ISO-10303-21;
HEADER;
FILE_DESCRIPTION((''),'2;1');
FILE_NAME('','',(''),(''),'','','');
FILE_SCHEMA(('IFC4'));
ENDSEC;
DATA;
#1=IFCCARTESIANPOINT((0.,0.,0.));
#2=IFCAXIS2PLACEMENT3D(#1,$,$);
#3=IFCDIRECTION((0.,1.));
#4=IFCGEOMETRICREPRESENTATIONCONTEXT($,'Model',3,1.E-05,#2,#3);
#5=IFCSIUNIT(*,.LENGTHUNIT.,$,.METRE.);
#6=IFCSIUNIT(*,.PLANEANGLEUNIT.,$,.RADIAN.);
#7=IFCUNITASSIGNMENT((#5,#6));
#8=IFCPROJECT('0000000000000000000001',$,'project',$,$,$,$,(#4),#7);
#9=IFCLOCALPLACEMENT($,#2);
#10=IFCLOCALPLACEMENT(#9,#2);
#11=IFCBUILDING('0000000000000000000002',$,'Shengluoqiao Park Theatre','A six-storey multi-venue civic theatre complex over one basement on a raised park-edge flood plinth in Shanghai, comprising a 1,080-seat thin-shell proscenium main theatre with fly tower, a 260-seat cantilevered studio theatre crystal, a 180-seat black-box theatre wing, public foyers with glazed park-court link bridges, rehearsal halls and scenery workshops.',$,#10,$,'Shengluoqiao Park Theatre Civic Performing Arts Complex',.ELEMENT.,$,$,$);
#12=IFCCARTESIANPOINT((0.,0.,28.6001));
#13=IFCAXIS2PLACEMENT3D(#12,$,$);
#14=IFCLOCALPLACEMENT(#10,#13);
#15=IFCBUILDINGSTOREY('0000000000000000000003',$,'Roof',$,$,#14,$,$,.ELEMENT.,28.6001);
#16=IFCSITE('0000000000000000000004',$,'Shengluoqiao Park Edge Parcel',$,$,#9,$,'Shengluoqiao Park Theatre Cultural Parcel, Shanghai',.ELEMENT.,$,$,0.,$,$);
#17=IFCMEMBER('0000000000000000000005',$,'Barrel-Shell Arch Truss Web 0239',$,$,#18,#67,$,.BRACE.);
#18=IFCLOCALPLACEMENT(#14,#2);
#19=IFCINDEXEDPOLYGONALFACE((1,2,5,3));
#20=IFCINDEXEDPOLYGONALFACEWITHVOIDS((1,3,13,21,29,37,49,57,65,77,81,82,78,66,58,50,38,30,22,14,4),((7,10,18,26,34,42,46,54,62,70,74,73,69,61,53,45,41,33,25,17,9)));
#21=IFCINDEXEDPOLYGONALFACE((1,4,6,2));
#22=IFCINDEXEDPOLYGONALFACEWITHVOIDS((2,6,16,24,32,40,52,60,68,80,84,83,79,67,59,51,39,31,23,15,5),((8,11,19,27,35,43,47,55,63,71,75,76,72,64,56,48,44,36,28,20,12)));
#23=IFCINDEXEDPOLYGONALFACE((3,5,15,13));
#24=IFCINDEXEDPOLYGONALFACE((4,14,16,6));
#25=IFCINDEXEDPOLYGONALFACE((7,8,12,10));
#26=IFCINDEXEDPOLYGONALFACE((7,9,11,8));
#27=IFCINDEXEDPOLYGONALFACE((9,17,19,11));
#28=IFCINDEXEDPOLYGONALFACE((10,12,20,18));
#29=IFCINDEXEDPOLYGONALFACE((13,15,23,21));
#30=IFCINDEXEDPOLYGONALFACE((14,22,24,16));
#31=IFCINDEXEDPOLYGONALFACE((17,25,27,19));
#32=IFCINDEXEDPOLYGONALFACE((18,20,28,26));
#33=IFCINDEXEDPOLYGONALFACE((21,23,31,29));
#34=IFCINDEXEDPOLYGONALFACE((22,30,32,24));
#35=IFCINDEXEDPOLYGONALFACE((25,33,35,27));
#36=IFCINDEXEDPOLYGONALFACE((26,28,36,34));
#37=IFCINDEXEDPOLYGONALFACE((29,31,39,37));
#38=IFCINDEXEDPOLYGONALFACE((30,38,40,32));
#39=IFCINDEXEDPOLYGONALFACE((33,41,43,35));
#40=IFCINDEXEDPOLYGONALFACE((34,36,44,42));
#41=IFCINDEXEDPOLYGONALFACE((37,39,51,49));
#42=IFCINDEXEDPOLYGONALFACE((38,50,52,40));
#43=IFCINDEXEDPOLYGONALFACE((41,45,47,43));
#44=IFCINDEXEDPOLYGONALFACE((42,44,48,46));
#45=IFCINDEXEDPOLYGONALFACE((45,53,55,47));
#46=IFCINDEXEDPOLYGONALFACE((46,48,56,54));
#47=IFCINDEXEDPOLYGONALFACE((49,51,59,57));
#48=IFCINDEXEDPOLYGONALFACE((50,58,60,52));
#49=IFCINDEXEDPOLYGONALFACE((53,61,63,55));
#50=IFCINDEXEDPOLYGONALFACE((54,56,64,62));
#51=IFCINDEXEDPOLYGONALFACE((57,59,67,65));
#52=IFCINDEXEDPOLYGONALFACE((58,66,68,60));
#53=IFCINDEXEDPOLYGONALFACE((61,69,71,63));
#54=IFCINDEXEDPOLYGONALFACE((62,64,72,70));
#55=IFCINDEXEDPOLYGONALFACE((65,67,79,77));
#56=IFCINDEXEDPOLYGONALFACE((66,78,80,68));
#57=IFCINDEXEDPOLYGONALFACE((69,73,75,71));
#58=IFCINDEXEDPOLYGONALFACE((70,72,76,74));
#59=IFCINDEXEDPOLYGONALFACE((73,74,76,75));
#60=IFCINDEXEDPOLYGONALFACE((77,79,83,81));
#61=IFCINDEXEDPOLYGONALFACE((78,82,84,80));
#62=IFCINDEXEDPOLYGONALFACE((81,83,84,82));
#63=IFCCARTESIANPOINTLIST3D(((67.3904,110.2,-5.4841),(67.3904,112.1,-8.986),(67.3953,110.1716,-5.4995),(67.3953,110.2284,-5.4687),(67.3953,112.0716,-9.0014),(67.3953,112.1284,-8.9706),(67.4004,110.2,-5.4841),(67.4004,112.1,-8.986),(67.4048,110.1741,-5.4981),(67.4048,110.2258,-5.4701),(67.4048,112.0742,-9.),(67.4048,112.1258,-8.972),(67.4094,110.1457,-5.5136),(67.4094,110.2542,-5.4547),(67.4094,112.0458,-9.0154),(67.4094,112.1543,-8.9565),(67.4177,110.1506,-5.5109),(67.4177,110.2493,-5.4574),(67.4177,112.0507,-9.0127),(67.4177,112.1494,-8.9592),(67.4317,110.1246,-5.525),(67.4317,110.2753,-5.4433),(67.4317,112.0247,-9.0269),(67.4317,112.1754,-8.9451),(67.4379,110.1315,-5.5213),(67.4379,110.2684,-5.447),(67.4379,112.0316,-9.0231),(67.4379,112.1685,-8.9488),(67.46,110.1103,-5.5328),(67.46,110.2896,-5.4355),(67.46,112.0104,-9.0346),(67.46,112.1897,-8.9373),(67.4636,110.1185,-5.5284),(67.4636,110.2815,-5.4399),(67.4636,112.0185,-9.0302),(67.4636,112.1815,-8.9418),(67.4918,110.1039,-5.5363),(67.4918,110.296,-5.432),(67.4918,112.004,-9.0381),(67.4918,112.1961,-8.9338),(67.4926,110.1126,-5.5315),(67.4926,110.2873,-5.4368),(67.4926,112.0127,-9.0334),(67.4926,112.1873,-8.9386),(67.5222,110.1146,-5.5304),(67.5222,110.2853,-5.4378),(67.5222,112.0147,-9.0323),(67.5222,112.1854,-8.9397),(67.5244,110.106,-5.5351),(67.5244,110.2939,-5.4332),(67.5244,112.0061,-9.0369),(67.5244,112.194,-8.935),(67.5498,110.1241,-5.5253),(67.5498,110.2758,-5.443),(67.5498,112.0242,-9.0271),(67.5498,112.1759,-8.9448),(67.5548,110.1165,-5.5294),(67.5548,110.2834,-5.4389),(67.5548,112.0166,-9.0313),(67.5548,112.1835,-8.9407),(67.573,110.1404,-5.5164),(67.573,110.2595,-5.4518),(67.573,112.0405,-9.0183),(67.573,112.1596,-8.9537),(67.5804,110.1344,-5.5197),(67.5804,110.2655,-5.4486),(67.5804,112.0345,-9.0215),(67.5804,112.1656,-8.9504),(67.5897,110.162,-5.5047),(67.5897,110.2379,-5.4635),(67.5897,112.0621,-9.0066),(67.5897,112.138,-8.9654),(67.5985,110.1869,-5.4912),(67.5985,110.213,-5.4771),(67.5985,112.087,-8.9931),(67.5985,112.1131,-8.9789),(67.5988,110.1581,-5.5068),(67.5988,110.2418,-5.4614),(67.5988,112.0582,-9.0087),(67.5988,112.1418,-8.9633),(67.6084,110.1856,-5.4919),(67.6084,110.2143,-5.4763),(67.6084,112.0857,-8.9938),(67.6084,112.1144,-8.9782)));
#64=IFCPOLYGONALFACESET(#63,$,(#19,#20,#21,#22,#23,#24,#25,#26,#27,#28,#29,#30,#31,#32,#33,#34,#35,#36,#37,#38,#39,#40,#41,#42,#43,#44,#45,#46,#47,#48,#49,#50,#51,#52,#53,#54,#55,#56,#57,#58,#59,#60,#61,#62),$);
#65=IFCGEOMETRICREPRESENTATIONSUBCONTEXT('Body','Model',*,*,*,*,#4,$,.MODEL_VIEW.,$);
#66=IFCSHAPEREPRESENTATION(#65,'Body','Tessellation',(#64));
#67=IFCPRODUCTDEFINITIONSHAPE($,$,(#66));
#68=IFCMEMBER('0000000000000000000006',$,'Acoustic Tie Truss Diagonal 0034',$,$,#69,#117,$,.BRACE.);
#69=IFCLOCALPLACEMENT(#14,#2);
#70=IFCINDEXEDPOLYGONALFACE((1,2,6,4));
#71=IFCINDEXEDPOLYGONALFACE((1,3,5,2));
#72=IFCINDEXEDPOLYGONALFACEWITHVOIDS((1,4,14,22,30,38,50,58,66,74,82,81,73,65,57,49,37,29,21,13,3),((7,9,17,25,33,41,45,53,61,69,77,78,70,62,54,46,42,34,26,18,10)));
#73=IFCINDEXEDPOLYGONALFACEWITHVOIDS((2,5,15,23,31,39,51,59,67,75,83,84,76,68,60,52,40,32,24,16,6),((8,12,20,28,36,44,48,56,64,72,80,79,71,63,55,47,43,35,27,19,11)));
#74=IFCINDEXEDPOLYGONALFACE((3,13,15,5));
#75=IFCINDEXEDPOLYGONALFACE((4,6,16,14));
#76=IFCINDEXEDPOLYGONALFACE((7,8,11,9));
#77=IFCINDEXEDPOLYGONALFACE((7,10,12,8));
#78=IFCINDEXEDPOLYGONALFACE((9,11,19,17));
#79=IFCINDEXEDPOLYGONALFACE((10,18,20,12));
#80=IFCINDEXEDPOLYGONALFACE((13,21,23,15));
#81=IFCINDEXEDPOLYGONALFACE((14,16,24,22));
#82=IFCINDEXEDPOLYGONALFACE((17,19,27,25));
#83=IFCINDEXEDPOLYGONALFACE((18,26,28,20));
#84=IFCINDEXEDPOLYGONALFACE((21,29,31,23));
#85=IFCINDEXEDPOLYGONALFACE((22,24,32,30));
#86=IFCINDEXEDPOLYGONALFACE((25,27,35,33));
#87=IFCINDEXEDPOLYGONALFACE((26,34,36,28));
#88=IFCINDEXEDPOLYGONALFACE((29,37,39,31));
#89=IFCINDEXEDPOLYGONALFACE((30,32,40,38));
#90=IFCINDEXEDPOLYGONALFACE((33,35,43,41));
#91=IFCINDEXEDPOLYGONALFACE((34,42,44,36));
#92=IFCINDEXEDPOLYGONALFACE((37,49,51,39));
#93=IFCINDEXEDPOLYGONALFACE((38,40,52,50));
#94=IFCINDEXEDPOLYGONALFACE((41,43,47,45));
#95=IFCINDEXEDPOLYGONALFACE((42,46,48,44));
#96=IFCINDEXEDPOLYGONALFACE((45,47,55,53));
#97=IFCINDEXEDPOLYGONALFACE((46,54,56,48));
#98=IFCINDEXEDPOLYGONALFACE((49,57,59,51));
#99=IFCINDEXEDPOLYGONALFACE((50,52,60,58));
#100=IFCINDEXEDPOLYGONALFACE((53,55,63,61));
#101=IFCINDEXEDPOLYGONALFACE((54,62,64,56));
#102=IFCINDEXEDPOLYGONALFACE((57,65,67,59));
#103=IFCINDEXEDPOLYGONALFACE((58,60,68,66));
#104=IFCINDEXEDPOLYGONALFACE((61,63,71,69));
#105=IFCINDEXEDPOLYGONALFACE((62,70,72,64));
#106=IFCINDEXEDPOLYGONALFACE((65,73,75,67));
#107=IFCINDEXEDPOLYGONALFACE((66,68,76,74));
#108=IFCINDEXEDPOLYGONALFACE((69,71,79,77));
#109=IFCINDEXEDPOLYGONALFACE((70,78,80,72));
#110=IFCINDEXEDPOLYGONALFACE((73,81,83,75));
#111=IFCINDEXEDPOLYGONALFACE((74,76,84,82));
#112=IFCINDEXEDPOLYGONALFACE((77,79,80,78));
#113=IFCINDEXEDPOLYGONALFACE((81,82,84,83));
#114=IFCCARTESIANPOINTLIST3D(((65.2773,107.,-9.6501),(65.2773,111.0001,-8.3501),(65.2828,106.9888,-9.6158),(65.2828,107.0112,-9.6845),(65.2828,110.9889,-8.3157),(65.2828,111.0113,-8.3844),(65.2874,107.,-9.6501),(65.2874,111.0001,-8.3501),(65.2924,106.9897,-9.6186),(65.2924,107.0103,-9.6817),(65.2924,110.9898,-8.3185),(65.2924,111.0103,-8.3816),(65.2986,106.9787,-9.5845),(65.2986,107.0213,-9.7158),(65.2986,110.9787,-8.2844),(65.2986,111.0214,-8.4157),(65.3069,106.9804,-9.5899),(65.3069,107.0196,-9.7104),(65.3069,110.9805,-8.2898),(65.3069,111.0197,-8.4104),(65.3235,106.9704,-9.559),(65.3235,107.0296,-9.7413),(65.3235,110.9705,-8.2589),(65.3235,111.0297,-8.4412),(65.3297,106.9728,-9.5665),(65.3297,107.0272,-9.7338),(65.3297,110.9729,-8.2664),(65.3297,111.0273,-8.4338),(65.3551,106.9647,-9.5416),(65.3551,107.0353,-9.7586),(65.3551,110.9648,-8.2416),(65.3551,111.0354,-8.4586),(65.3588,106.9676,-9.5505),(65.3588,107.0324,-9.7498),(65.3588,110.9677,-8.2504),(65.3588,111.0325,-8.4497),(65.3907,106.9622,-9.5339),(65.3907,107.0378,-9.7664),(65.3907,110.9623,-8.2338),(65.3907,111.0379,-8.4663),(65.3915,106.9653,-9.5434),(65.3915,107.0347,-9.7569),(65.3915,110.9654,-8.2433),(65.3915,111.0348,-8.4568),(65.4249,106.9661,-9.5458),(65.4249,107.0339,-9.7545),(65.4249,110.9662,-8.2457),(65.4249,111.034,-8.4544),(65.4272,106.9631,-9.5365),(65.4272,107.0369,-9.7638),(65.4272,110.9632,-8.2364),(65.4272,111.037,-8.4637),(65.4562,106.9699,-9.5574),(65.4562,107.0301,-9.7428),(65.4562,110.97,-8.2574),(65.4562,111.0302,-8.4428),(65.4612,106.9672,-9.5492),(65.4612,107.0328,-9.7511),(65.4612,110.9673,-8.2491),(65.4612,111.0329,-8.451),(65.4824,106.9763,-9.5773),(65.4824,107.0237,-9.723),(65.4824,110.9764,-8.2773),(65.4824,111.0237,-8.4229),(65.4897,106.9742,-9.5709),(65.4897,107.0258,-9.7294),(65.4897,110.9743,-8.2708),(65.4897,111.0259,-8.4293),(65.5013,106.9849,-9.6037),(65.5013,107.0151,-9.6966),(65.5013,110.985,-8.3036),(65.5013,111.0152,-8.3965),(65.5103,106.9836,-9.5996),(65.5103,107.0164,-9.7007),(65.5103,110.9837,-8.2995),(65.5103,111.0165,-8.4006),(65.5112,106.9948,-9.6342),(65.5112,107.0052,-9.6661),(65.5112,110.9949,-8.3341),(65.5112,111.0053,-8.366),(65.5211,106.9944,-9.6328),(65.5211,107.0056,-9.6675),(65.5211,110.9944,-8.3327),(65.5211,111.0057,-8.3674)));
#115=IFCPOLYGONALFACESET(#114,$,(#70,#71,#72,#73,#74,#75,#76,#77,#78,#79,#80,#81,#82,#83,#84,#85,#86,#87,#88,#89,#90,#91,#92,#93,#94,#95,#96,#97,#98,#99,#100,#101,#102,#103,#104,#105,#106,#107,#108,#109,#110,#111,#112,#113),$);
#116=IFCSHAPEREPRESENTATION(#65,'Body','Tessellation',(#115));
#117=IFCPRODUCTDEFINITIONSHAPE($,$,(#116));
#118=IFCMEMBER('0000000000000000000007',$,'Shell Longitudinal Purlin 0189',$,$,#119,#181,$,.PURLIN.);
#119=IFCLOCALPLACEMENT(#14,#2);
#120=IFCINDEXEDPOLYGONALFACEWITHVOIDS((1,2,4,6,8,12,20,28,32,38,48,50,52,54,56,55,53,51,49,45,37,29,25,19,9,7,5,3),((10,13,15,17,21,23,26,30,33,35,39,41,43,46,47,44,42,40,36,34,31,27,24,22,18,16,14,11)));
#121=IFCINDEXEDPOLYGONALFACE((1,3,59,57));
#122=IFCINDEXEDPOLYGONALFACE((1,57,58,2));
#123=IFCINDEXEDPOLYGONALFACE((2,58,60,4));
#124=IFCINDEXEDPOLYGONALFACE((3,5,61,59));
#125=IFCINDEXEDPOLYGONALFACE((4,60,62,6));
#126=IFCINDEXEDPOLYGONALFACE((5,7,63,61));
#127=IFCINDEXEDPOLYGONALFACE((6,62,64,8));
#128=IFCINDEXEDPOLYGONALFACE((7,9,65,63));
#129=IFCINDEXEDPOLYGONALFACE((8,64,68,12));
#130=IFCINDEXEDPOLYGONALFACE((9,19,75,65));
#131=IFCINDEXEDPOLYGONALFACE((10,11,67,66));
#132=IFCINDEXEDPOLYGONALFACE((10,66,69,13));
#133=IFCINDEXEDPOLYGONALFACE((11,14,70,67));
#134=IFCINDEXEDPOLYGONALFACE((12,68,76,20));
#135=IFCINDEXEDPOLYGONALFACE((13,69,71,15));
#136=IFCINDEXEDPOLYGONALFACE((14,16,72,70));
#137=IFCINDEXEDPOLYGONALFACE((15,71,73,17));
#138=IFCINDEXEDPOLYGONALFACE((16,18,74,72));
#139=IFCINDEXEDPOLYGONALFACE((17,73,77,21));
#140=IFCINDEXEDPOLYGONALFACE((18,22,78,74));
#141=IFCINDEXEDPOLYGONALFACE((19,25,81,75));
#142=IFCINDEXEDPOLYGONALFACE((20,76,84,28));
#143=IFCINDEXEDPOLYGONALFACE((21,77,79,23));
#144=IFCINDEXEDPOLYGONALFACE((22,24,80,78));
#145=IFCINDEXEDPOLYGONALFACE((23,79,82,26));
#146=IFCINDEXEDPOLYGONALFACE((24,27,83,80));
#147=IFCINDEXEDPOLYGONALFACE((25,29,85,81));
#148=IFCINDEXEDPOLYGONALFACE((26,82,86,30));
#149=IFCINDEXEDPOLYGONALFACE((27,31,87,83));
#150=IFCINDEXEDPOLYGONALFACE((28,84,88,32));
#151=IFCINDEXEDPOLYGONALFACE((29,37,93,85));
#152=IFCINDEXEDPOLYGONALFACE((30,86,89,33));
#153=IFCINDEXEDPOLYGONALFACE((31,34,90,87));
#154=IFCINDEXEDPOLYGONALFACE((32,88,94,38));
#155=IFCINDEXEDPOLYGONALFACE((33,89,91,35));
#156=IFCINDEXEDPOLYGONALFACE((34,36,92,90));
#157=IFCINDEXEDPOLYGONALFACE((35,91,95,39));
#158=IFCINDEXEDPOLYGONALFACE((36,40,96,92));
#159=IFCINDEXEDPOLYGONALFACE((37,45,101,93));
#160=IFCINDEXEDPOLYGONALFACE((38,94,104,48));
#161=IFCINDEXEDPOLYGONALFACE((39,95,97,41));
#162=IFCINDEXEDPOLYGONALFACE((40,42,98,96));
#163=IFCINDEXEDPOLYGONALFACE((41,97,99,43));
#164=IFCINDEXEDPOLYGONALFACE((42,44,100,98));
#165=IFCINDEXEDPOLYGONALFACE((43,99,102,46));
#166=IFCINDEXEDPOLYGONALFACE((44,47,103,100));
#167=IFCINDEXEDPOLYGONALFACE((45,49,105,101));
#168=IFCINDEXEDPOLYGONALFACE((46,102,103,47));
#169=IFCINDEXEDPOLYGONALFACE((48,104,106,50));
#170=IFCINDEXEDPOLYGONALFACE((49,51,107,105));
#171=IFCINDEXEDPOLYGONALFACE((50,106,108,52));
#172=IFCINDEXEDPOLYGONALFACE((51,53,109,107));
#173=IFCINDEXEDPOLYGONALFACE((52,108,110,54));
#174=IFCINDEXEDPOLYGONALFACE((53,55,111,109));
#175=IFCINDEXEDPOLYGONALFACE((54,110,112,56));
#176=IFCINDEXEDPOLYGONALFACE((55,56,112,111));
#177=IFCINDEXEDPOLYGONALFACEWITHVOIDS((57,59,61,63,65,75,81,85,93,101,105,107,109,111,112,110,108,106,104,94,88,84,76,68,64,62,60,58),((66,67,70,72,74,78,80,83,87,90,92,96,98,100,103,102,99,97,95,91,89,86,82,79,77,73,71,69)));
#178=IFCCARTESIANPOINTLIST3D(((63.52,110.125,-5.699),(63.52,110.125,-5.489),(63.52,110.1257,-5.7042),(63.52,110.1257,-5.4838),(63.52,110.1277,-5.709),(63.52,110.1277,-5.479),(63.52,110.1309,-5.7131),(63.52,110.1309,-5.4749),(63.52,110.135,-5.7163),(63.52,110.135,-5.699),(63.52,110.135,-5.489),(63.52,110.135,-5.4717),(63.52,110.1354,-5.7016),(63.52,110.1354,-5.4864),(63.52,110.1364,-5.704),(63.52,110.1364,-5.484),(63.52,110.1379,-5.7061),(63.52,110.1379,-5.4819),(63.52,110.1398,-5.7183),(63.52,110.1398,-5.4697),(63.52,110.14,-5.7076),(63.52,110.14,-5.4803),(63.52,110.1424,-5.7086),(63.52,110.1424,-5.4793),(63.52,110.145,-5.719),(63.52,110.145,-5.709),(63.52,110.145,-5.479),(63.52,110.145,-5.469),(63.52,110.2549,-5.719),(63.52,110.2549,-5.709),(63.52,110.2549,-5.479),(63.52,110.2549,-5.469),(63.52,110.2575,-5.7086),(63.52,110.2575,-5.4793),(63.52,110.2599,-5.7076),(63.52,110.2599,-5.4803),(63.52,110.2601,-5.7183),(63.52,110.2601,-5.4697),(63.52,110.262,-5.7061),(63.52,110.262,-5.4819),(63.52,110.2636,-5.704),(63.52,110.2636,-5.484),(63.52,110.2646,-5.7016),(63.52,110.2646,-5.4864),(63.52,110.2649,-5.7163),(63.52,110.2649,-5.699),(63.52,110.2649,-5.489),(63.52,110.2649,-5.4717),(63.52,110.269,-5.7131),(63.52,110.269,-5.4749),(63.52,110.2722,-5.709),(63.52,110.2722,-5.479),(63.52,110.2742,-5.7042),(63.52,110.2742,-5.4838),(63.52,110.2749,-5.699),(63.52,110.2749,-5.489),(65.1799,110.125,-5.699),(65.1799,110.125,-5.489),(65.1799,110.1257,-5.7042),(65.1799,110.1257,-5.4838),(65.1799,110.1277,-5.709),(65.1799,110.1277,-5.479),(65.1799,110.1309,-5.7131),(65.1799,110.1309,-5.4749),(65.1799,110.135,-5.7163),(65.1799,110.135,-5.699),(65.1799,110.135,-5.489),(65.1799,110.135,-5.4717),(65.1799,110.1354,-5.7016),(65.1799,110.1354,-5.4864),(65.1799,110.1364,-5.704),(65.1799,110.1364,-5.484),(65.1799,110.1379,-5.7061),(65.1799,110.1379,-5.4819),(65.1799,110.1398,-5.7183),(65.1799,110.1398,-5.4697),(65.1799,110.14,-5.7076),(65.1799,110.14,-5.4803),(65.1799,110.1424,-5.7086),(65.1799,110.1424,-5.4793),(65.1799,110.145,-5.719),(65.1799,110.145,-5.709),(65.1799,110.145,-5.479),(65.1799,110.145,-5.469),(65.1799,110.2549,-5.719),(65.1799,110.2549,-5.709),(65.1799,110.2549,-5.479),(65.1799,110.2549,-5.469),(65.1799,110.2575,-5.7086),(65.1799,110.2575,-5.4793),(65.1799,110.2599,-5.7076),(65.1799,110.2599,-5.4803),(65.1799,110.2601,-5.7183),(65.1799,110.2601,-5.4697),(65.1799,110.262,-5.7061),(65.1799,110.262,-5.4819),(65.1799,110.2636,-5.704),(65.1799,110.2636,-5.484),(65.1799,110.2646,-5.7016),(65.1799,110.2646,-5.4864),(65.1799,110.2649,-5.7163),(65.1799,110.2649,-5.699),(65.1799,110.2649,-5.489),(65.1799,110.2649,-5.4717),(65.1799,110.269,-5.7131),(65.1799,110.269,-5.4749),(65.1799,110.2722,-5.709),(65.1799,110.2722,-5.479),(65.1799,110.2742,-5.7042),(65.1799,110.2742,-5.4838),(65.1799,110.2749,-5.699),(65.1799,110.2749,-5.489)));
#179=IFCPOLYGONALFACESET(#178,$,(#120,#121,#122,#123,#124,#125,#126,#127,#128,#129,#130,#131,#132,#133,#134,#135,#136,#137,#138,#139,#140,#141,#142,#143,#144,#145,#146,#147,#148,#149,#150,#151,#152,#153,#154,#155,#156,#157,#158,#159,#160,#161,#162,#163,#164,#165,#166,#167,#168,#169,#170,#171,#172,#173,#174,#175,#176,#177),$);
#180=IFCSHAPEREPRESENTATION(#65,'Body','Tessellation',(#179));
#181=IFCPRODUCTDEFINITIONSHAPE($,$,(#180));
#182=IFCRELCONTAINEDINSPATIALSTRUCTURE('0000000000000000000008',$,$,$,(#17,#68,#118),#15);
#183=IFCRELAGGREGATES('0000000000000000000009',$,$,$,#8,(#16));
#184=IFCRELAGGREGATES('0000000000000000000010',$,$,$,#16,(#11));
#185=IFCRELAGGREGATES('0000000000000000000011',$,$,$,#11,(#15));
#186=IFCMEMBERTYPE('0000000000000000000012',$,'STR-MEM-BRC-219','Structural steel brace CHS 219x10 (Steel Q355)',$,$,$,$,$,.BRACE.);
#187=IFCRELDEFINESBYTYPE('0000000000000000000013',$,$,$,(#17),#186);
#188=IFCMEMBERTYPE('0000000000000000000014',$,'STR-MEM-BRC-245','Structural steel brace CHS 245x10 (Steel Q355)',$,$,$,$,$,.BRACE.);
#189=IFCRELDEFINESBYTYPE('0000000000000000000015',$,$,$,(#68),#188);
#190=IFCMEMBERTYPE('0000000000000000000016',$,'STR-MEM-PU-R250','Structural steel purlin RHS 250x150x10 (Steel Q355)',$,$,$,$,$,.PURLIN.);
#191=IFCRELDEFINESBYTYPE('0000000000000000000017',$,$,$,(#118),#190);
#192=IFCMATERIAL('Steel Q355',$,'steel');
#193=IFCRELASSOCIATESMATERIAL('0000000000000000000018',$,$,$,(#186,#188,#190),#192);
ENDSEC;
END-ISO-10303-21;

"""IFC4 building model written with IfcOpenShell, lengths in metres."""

from ifc_helpers import new_model, si_unit, direction, frame, origin, origin_2d, place, context, subcontext, project, spatial, hollow_rectangle, hollow_circle, extrude, material, material_profile, profile_set, type_object, element, save


model = new_model("IFC4")

# Units and contexts
model_context = context("Model", 3, precision=1e-05, world=origin(), true_north=direction((0.0, 1.0)))
body_context = subcontext(model_context, "Body", "Model", "MODEL_VIEW")
ifc_project = project(units=[si_unit("LENGTHUNIT", "METRE"), si_unit("PLANEANGLEUNIT", "RADIAN")], contexts=[model_context])

# Site, building, storey
site_placement = place(None, origin())
site = spatial("IfcSite", under=ifc_project, at=site_placement, Name="Shengluoqiao Park Edge Parcel", LongName="Shengluoqiao Park Theatre Cultural Parcel, Shanghai", CompositionType="ELEMENT", RefElevation=0.0)
building_placement = place(site_placement, origin())
building = spatial("IfcBuilding", under=site, at=building_placement, Name="Shengluoqiao Park Theatre", Description="A six-storey multi-venue civic theatre complex over one basement on a raised park-edge flood plinth in Shanghai, comprising a 1,080-seat thin-shell proscenium main theatre with fly tower, a 260-seat cantilevered studio theatre crystal, a 180-seat black-box theatre wing, public foyers with glazed park-court link bridges, rehearsal halls and scenery workshops.", LongName="Shengluoqiao Park Theatre Civic Performing Arts Complex", CompositionType="ELEMENT")
storey_placement = place(building_placement, frame((0.0, 0.0, 28.6001)))
storey = spatial("IfcBuildingStorey", under=building, at=storey_placement, Name="Roof", CompositionType="ELEMENT", Elevation=28.6001)

# Shared definitions
ifc_material_1 = material(Name="Steel Q355", Category="steel")

# Members
ifc_material_profile_1 = material_profile(ifc_material_1, hollow_circle(Radius=0.1096, WallThickness=0.01, at=origin_2d()), Name="CHS 219x10")
ifc_profile_set_1 = profile_set([ifc_material_profile_1], Name="Steel Q355")
member_type_1 = type_object("IfcMemberType", Name="STR-MEM-BRC-219", Description="Structural steel brace CHS 219x10 (Steel Q355)", PredefinedType="BRACE", material=ifc_profile_set_1)
for number, where, z_axis, x_axis, name in (
    (1, (67.5, 110.2, -5.4841), (0.0, 0.476915, -0.87895), (-1.0, 0.0, 0.0), "Barrel-Shell Arch Truss Web 0239"),
):
    element("IfcMember", number, at=place(storey_placement, frame(where, z_axis=z_axis, x_axis=x_axis)), inside=storey, type_object=member_type_1, Name=name, PredefinedType="BRACE", context=body_context, shape_type="SweptSolid", body=[
        extrude(hollow_circle(Radius=0.1096, WallThickness=0.01, at=origin_2d()), origin(), (0.0, 0.0, 1.0), 3.9841),
    ])
ifc_material_profile_2 = material_profile(ifc_material_1, hollow_circle(Radius=0.1226, WallThickness=0.01, at=origin_2d()), Name="CHS 245x10")
ifc_profile_set_2 = profile_set([ifc_material_profile_2], Name="Steel Q355")
member_type_2 = type_object("IfcMemberType", Name="STR-MEM-BRC-245", Description="Structural steel brace CHS 245x10 (Steel Q355)", PredefinedType="BRACE", material=ifc_profile_set_2)
member_placement = place(storey_placement, frame((65.3999, 107.0, -9.6501), z_axis=(0.0, 0.951031, 0.309097), x_axis=(-1.0, 0.0, 0.0)))
element("IfcMember", 2, at=member_placement, inside=storey, type_object=member_type_2, Name="Acoustic Tie Truss Diagonal 0034", PredefinedType="BRACE", context=body_context, shape_type="SweptSolid", body=[
    extrude(hollow_circle(Radius=0.1226, WallThickness=0.01, at=origin_2d()), origin(), (0.0, 0.0, 1.0), 4.2061),
])
ifc_material_profile_3 = material_profile(ifc_material_1, hollow_rectangle(XDim=0.1499, YDim=0.25, WallThickness=0.01, InnerFilletRadius=0.01, OuterFilletRadius=0.02, at=origin_2d()), Name="RHS 250x150x10")
ifc_profile_set_3 = profile_set([ifc_material_profile_3], Name="Steel Q355")
member_type_3 = type_object("IfcMemberType", Name="STR-MEM-PU-R250", Description="Structural steel purlin RHS 250x150x10 (Steel Q355)", PredefinedType="PURLIN", material=ifc_profile_set_3)
for number, where, z_axis, x_axis, name in (
    (3, (63.52, 110.2, -5.594), (1.0, 0.0, 0.0), (0.0, 1.0, 0.0), "Shell Longitudinal Purlin 0189"),
):
    element("IfcMember", number, at=place(storey_placement, frame(where, z_axis=z_axis, x_axis=x_axis)), inside=storey, type_object=member_type_3, Name=name, PredefinedType="PURLIN", context=body_context, shape_type="SweptSolid", body=[
        extrude(hollow_rectangle(XDim=0.1499, YDim=0.25, WallThickness=0.01, InnerFilletRadius=0.01, OuterFilletRadius=0.02, at=origin_2d()), origin(), (0.0, 0.0, 1.0), 1.6599),
    ])

save(model, "model.ifc")
